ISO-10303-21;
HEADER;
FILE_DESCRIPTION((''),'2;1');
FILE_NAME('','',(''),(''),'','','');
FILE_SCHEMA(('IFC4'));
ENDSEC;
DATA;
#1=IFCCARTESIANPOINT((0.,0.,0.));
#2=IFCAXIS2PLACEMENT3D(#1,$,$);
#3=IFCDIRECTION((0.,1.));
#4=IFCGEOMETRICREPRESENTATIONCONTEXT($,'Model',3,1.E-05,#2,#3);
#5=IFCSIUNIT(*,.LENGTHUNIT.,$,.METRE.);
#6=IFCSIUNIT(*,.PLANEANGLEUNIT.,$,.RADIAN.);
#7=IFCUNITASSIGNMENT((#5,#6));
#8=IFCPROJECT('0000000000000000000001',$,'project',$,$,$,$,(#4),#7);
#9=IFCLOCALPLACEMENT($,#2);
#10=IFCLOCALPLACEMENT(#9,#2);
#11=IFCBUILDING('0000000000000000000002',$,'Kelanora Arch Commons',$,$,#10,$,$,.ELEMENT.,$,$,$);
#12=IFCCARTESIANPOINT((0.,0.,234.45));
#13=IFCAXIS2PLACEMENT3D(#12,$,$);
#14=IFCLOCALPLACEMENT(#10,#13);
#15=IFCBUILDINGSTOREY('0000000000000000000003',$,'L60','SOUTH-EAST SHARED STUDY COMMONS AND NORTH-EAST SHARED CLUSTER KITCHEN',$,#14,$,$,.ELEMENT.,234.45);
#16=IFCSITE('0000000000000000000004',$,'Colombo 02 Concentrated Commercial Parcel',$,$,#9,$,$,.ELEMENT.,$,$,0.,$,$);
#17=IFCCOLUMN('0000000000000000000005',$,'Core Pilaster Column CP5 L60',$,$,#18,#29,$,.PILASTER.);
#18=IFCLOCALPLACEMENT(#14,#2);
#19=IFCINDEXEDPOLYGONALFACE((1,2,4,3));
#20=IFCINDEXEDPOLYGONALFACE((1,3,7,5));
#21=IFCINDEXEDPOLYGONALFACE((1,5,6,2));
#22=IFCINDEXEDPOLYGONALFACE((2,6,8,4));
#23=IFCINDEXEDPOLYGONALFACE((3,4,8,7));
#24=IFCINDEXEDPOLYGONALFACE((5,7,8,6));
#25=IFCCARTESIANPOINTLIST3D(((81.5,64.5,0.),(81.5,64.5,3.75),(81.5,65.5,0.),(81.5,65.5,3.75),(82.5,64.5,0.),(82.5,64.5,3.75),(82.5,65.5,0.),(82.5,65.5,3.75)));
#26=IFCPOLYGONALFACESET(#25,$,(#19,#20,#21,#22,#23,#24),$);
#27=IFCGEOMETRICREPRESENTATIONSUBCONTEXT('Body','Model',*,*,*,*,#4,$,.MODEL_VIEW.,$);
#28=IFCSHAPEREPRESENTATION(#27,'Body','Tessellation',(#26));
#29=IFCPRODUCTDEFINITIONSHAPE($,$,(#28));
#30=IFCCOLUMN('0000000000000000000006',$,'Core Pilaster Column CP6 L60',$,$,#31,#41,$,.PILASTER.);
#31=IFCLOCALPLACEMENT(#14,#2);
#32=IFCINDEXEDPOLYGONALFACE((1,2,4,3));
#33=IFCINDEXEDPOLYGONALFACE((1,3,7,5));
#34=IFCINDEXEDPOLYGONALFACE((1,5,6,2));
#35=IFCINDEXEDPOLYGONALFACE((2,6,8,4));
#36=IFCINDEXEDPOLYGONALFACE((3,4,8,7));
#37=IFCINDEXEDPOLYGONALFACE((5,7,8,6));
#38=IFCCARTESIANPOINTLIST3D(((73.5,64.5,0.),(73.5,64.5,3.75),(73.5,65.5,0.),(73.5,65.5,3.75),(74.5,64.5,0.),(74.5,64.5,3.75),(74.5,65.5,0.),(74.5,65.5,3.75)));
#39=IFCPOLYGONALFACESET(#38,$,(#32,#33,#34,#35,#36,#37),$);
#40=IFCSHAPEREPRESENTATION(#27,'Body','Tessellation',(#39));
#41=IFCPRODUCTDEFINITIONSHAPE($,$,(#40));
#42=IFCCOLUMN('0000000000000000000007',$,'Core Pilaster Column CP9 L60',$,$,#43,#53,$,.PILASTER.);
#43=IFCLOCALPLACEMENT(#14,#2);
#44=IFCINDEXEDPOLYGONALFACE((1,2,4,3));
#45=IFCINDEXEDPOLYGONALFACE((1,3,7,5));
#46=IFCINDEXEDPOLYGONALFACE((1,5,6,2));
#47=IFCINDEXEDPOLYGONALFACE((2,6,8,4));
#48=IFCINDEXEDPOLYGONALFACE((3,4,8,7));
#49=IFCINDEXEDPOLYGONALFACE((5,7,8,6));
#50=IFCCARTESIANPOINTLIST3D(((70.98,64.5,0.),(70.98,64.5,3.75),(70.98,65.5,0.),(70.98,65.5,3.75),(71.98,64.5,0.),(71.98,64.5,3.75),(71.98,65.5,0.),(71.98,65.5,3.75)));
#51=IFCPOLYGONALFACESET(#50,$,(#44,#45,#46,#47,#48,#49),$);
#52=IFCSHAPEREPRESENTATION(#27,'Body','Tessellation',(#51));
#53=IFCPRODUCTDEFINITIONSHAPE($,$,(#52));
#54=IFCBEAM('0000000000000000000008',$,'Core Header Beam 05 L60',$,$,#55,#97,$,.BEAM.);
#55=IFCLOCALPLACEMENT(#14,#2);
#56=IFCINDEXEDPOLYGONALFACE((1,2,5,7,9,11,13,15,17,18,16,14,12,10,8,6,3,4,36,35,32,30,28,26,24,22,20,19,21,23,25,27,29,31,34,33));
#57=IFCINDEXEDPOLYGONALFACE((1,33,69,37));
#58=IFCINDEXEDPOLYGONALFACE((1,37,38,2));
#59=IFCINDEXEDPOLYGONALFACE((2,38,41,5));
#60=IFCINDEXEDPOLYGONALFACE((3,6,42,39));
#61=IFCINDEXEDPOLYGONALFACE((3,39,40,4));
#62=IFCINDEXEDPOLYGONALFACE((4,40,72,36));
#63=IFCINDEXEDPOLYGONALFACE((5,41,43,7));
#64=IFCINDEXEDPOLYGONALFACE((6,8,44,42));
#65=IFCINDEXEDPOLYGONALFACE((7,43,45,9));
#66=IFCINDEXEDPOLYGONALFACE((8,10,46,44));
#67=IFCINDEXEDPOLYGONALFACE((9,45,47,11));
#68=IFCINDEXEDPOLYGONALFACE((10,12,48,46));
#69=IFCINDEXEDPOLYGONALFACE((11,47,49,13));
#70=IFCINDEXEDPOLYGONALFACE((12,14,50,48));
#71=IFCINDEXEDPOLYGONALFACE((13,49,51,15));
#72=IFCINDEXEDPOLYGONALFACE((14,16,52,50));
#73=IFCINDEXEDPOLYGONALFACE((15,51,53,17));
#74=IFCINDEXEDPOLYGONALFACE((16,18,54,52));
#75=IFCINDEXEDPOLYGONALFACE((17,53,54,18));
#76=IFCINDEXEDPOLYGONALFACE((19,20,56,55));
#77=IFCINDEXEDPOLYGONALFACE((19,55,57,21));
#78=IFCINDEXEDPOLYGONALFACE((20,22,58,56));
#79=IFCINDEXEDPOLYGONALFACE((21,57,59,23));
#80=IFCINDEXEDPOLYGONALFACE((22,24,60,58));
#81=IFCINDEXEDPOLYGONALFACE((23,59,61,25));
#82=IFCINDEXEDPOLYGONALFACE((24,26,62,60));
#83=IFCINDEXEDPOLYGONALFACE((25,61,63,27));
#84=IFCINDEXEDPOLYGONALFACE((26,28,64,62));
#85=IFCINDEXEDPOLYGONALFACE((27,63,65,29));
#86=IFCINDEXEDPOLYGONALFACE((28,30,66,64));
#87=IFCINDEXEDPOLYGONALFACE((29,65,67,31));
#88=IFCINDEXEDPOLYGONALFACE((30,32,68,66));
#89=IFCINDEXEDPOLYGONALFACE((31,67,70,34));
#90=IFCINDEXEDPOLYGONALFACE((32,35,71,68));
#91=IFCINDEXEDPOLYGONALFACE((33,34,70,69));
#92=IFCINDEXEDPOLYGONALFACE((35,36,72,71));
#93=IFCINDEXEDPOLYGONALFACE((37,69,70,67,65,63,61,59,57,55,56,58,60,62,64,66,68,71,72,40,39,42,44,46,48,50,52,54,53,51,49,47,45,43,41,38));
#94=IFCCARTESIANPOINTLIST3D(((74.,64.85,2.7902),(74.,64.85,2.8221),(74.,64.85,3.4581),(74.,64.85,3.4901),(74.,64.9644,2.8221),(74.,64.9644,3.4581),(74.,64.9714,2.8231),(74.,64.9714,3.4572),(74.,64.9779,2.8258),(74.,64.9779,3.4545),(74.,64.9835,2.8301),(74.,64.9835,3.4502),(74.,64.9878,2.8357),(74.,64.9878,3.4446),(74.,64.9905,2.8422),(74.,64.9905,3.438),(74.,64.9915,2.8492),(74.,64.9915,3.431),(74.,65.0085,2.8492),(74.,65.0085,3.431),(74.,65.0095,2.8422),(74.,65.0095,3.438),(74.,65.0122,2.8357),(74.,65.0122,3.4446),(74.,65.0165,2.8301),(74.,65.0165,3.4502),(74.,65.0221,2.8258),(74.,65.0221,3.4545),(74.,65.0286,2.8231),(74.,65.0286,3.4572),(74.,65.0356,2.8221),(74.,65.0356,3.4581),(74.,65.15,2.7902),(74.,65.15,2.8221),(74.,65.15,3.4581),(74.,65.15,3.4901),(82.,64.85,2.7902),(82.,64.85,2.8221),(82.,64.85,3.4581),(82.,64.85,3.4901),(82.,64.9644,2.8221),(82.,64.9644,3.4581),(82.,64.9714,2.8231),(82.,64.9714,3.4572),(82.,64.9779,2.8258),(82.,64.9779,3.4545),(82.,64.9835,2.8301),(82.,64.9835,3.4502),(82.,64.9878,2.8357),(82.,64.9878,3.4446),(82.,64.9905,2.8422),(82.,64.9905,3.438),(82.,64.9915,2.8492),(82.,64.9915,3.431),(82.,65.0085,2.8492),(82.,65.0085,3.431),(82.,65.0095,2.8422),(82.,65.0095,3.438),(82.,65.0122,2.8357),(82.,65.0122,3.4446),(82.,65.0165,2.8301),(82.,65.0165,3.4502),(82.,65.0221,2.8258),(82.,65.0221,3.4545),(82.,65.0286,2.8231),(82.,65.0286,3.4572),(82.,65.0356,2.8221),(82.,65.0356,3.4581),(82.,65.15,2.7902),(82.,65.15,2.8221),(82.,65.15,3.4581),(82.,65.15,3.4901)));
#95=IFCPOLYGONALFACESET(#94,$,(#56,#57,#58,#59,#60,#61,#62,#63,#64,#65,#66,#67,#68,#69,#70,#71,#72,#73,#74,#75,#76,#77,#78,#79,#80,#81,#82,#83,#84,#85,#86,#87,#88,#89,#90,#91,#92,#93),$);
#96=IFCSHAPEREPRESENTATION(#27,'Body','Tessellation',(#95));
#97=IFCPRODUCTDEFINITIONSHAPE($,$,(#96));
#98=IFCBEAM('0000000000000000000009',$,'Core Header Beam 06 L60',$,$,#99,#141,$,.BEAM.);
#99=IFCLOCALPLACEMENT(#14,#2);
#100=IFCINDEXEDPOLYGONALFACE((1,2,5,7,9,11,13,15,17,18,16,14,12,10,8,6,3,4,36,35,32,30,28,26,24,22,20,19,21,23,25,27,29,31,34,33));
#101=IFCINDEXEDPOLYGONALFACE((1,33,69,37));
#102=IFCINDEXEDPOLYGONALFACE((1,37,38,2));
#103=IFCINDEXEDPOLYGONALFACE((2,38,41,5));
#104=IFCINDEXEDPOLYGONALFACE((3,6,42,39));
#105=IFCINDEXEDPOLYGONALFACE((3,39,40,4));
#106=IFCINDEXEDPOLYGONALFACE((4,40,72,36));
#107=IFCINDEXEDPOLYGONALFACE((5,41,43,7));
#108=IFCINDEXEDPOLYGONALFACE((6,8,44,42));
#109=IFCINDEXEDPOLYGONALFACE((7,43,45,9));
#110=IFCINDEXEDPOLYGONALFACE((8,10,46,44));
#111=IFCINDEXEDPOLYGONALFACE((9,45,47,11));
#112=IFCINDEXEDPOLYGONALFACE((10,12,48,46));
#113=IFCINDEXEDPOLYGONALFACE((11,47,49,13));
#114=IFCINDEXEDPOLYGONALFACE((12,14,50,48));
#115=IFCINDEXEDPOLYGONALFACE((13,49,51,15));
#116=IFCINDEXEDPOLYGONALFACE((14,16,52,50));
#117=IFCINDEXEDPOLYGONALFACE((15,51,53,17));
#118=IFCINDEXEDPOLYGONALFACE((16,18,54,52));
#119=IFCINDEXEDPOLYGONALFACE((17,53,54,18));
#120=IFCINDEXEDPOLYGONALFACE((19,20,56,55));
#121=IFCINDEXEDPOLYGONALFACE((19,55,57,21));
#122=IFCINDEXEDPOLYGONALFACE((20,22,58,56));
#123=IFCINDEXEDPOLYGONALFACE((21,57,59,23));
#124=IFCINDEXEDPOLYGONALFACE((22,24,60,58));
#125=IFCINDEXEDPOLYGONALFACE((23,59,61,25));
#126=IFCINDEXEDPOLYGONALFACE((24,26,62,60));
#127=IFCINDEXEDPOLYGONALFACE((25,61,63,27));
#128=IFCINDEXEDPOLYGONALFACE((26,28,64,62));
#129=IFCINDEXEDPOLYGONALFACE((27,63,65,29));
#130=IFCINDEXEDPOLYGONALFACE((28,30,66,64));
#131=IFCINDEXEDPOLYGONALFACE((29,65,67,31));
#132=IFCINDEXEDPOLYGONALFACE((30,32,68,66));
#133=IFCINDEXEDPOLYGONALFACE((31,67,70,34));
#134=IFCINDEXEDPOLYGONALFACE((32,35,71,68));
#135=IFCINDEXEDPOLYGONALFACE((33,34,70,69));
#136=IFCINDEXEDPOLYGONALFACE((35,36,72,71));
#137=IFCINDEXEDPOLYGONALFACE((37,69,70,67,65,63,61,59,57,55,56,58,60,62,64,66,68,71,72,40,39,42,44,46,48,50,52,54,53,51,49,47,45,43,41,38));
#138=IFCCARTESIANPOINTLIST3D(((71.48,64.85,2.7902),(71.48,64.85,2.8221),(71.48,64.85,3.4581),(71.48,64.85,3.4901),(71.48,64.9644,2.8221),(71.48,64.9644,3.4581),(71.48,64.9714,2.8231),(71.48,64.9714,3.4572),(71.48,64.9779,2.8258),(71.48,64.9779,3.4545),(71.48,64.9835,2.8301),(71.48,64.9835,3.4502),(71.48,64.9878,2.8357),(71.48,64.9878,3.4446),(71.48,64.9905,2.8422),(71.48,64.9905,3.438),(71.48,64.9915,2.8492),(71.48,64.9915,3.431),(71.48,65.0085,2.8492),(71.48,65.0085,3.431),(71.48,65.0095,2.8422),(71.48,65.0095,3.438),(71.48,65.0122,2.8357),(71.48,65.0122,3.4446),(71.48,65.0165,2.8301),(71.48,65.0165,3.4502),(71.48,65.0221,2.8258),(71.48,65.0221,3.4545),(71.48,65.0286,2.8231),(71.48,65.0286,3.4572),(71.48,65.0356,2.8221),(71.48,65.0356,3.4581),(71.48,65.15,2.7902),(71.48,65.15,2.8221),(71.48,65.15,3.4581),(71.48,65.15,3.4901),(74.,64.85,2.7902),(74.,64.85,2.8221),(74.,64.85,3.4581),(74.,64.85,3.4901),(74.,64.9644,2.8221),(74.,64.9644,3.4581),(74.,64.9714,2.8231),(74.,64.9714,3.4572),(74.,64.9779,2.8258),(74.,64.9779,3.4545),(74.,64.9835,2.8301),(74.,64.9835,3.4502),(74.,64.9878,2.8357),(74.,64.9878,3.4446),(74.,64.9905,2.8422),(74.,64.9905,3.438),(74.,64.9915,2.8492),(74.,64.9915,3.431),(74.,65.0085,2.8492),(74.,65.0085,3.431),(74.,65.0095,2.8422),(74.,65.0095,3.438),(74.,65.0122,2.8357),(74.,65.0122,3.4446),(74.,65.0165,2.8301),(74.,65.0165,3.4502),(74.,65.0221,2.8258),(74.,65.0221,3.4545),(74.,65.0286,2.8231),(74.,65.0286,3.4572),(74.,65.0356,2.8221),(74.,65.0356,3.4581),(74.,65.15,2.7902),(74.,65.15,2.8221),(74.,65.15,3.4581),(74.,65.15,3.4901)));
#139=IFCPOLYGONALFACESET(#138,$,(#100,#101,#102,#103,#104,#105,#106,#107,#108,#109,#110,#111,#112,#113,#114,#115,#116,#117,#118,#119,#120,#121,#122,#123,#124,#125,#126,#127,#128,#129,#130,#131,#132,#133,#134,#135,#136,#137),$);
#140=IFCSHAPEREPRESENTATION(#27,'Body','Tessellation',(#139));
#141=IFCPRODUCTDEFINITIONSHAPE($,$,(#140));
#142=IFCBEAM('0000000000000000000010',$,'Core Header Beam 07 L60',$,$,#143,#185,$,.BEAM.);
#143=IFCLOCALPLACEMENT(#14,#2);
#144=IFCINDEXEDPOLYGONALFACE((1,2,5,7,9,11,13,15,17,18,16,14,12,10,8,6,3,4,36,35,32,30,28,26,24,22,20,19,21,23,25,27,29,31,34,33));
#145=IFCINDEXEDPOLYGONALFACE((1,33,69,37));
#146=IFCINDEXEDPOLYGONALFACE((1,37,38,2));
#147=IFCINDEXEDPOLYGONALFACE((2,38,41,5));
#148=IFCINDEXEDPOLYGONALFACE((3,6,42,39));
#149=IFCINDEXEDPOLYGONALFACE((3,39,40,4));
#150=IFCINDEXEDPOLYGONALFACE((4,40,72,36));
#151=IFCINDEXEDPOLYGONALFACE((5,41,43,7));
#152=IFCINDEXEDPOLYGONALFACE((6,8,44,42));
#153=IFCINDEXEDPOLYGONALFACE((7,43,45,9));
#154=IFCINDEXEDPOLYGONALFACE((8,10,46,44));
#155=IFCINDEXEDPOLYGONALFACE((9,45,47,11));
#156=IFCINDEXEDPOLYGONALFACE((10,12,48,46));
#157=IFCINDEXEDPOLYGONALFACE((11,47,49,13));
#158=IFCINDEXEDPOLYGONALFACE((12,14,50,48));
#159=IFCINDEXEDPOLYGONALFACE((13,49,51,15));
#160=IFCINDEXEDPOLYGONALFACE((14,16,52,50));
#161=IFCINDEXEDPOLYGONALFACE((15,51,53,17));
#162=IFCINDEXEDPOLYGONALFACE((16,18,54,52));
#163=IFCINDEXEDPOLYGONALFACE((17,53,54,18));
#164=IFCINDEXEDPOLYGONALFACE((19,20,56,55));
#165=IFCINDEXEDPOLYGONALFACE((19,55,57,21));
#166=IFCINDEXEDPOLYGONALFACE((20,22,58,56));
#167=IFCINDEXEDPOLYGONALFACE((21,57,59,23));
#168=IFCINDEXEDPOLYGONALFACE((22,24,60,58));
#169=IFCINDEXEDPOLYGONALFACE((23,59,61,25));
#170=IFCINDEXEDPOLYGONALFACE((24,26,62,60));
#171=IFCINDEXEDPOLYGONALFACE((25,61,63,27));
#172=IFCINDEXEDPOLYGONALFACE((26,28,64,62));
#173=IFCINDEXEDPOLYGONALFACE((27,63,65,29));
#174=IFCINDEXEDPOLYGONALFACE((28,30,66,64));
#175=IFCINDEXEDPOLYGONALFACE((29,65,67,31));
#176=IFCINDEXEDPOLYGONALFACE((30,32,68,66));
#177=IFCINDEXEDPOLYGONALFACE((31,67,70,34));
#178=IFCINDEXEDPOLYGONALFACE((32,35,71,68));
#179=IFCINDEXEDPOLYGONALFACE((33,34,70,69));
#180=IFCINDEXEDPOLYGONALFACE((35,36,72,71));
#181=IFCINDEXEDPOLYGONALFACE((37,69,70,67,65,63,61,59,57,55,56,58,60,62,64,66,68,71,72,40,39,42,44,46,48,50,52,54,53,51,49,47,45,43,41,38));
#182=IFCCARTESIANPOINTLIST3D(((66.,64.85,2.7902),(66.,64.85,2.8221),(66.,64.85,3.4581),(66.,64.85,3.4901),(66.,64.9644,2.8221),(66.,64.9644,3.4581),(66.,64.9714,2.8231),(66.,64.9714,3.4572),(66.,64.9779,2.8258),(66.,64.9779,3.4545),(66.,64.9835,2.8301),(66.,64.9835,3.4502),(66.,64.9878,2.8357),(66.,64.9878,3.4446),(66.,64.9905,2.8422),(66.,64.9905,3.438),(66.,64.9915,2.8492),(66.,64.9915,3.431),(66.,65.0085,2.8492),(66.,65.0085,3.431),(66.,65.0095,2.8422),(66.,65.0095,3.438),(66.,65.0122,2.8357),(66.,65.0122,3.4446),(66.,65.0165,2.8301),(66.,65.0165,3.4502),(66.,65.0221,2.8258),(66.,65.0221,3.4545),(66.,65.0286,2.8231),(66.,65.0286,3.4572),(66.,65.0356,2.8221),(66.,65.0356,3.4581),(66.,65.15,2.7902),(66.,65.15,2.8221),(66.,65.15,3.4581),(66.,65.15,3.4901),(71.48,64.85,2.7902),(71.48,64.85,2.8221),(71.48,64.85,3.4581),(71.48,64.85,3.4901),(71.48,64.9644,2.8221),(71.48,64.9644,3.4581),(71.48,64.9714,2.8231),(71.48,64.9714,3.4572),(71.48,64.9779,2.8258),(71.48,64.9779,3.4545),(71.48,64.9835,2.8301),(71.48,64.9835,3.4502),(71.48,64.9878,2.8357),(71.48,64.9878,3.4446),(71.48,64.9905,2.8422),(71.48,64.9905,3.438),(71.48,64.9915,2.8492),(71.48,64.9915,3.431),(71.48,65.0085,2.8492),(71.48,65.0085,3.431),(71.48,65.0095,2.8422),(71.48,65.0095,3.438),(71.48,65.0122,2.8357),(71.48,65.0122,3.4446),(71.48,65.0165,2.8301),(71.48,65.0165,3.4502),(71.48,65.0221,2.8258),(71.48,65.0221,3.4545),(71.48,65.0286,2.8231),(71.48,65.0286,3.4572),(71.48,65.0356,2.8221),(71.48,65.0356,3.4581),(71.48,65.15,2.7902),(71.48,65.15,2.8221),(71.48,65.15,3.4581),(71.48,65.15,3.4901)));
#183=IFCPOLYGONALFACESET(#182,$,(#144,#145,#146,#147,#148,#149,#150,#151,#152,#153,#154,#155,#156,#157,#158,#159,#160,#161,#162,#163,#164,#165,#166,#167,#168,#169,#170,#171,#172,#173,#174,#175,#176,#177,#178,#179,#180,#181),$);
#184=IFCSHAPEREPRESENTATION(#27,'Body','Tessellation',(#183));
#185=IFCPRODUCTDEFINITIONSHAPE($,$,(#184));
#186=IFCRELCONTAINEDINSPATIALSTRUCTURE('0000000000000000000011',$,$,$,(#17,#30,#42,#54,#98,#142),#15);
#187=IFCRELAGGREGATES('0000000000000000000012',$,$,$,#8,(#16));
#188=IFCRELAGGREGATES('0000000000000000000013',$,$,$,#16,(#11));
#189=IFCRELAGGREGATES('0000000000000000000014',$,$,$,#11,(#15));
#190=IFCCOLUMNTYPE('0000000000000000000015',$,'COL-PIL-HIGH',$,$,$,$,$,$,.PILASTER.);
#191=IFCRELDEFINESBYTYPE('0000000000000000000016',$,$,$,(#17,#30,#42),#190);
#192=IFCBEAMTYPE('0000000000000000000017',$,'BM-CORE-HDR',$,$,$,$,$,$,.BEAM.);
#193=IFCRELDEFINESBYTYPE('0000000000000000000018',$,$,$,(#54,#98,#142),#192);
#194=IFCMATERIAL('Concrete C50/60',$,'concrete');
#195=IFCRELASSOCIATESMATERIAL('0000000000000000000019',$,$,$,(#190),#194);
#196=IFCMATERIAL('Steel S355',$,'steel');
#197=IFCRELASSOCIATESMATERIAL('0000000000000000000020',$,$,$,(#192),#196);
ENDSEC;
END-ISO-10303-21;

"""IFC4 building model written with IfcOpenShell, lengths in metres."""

from ifc_helpers import new_model, si_unit, direction, frame, origin, origin_2d, place, context, subcontext, project, spatial, rectangle, i_section, extrude, material, material_profile, profile_set, type_object, element, save


model = new_model("IFC4")

# Units and contexts
model_context = context("Model", 3, precision=1e-05, world=origin(), true_north=direction((0.0, 1.0)))
body_context = subcontext(model_context, "Body", "Model", "MODEL_VIEW")
ifc_project = project(units=[si_unit("LENGTHUNIT", "METRE"), si_unit("PLANEANGLEUNIT", "RADIAN")], contexts=[model_context])

# Site, building, storey
site_placement = place(None, origin())
site = spatial("IfcSite", under=ifc_project, at=site_placement, Name="Colombo 02 Concentrated Commercial Parcel", CompositionType="ELEMENT", RefElevation=0.0)
building_placement = place(site_placement, origin())
building = spatial("IfcBuilding", under=site, at=building_placement, Name="Kelanora Arch Commons", CompositionType="ELEMENT")
storey_placement = place(building_placement, frame((0.0, 0.0, 234.45)))
storey = spatial("IfcBuildingStorey", under=building, at=storey_placement, Name="L60", Description="SOUTH-EAST SHARED STUDY COMMONS AND NORTH-EAST SHARED CLUSTER KITCHEN", CompositionType="ELEMENT", Elevation=234.45)

# Columns
ifc_material_1 = material(Name="Concrete C50/60", Category="concrete")
ifc_material_profile_1 = material_profile(ifc_material_1, rectangle(XDim=1.0, YDim=1.0, at=origin_2d()), Name="RC1000x1000")
ifc_profile_set_1 = profile_set([ifc_material_profile_1], Name="Concrete C50/60")
column_type = type_object("IfcColumnType", Name="COL-PIL-HIGH", PredefinedType="PILASTER", material=ifc_profile_set_1)
for number, where, z_axis, x_axis, name in (
    (1, (82.0, 65.0, 0.0), (0.0, 0.0, 1.0), (1.0, 0.0, 0.0), "Core Pilaster Column CP5 L60"),
    (2, (74.0, 65.0, 0.0), (0.0, 0.0, 1.0), (1.0, 0.0, 0.0), "Core Pilaster Column CP6 L60"),
    (3, (71.48, 65.0, 0.0), (0.0, 0.0, 1.0), (1.0, 0.0, 0.0), "Core Pilaster Column CP9 L60"),
):
    element("IfcColumn", number, at=place(storey_placement, frame(where, z_axis=z_axis, x_axis=x_axis)), inside=storey, type_object=column_type, Name=name, PredefinedType="PILASTER", context=body_context, shape_type="SweptSolid", body=[
        extrude(rectangle(XDim=1.0, YDim=1.0, at=origin_2d()), origin(), (0.0, 0.0, 1.0), 3.75),
    ])

# Beams
ifc_material_2 = material(Name="Steel S355", Category="steel")
ifc_material_profile_2 = material_profile(ifc_material_2, i_section(OverallWidth=0.3, OverallDepth=0.7, WebThickness=0.0171, FlangeThickness=0.032, FilletRadius=0.0271, at=origin_2d()), Name="HEB700")
ifc_profile_set_2 = profile_set([ifc_material_profile_2], Name="Steel S355")
beam_type_1 = type_object("IfcBeamType", Name="BM-CORE-HDR", PredefinedType="BEAM", material=ifc_profile_set_2)
beam_1_placement = place(storey_placement, frame((82.0, 65.0, 3.1401), z_axis=(-1.0, 0.0, 0.0), x_axis=(0.0, -1.0, 0.0)))
element("IfcBeam", 4, at=beam_1_placement, inside=storey, type_object=beam_type_1, Name="Core Header Beam 05 L60", PredefinedType="BEAM", context=body_context, shape_type="SweptSolid", body=[
    extrude(i_section(OverallWidth=0.3, OverallDepth=0.7, WebThickness=0.0171, FlangeThickness=0.032, FilletRadius=0.0271, at=origin_2d()), origin(), (0.0, 0.0, 1.0), 8.0),
])
beam_2_placement = place(storey_placement, frame((74.0, 65.0, 3.1401), z_axis=(-1.0, 0.0, 0.0), x_axis=(0.0, -1.0, 0.0)))
element("IfcBeam", 5, at=beam_2_placement, inside=storey, type_object=beam_type_1, Name="Core Header Beam 06 L60", PredefinedType="BEAM", context=body_context, shape_type="SweptSolid", body=[
    extrude(i_section(OverallWidth=0.3, OverallDepth=0.7, WebThickness=0.0171, FlangeThickness=0.032, FilletRadius=0.0271, at=origin_2d()), origin(), (0.0, 0.0, 1.0), 2.52),
])
beam_3_placement = place(storey_placement, frame((71.48, 65.0, 3.1401), z_axis=(-1.0, 0.0, 0.0), x_axis=(0.0, -1.0, 0.0)))
element("IfcBeam", 6, at=beam_3_placement, inside=storey, type_object=beam_type_1, Name="Core Header Beam 07 L60", PredefinedType="BEAM", context=body_context, shape_type="SweptSolid", body=[
    extrude(i_section(OverallWidth=0.3, OverallDepth=0.7, WebThickness=0.0171, FlangeThickness=0.032, FilletRadius=0.0271, at=origin_2d()), origin(), (0.0, 0.0, 1.0), 5.48),
])

save(model, "model.ifc")
